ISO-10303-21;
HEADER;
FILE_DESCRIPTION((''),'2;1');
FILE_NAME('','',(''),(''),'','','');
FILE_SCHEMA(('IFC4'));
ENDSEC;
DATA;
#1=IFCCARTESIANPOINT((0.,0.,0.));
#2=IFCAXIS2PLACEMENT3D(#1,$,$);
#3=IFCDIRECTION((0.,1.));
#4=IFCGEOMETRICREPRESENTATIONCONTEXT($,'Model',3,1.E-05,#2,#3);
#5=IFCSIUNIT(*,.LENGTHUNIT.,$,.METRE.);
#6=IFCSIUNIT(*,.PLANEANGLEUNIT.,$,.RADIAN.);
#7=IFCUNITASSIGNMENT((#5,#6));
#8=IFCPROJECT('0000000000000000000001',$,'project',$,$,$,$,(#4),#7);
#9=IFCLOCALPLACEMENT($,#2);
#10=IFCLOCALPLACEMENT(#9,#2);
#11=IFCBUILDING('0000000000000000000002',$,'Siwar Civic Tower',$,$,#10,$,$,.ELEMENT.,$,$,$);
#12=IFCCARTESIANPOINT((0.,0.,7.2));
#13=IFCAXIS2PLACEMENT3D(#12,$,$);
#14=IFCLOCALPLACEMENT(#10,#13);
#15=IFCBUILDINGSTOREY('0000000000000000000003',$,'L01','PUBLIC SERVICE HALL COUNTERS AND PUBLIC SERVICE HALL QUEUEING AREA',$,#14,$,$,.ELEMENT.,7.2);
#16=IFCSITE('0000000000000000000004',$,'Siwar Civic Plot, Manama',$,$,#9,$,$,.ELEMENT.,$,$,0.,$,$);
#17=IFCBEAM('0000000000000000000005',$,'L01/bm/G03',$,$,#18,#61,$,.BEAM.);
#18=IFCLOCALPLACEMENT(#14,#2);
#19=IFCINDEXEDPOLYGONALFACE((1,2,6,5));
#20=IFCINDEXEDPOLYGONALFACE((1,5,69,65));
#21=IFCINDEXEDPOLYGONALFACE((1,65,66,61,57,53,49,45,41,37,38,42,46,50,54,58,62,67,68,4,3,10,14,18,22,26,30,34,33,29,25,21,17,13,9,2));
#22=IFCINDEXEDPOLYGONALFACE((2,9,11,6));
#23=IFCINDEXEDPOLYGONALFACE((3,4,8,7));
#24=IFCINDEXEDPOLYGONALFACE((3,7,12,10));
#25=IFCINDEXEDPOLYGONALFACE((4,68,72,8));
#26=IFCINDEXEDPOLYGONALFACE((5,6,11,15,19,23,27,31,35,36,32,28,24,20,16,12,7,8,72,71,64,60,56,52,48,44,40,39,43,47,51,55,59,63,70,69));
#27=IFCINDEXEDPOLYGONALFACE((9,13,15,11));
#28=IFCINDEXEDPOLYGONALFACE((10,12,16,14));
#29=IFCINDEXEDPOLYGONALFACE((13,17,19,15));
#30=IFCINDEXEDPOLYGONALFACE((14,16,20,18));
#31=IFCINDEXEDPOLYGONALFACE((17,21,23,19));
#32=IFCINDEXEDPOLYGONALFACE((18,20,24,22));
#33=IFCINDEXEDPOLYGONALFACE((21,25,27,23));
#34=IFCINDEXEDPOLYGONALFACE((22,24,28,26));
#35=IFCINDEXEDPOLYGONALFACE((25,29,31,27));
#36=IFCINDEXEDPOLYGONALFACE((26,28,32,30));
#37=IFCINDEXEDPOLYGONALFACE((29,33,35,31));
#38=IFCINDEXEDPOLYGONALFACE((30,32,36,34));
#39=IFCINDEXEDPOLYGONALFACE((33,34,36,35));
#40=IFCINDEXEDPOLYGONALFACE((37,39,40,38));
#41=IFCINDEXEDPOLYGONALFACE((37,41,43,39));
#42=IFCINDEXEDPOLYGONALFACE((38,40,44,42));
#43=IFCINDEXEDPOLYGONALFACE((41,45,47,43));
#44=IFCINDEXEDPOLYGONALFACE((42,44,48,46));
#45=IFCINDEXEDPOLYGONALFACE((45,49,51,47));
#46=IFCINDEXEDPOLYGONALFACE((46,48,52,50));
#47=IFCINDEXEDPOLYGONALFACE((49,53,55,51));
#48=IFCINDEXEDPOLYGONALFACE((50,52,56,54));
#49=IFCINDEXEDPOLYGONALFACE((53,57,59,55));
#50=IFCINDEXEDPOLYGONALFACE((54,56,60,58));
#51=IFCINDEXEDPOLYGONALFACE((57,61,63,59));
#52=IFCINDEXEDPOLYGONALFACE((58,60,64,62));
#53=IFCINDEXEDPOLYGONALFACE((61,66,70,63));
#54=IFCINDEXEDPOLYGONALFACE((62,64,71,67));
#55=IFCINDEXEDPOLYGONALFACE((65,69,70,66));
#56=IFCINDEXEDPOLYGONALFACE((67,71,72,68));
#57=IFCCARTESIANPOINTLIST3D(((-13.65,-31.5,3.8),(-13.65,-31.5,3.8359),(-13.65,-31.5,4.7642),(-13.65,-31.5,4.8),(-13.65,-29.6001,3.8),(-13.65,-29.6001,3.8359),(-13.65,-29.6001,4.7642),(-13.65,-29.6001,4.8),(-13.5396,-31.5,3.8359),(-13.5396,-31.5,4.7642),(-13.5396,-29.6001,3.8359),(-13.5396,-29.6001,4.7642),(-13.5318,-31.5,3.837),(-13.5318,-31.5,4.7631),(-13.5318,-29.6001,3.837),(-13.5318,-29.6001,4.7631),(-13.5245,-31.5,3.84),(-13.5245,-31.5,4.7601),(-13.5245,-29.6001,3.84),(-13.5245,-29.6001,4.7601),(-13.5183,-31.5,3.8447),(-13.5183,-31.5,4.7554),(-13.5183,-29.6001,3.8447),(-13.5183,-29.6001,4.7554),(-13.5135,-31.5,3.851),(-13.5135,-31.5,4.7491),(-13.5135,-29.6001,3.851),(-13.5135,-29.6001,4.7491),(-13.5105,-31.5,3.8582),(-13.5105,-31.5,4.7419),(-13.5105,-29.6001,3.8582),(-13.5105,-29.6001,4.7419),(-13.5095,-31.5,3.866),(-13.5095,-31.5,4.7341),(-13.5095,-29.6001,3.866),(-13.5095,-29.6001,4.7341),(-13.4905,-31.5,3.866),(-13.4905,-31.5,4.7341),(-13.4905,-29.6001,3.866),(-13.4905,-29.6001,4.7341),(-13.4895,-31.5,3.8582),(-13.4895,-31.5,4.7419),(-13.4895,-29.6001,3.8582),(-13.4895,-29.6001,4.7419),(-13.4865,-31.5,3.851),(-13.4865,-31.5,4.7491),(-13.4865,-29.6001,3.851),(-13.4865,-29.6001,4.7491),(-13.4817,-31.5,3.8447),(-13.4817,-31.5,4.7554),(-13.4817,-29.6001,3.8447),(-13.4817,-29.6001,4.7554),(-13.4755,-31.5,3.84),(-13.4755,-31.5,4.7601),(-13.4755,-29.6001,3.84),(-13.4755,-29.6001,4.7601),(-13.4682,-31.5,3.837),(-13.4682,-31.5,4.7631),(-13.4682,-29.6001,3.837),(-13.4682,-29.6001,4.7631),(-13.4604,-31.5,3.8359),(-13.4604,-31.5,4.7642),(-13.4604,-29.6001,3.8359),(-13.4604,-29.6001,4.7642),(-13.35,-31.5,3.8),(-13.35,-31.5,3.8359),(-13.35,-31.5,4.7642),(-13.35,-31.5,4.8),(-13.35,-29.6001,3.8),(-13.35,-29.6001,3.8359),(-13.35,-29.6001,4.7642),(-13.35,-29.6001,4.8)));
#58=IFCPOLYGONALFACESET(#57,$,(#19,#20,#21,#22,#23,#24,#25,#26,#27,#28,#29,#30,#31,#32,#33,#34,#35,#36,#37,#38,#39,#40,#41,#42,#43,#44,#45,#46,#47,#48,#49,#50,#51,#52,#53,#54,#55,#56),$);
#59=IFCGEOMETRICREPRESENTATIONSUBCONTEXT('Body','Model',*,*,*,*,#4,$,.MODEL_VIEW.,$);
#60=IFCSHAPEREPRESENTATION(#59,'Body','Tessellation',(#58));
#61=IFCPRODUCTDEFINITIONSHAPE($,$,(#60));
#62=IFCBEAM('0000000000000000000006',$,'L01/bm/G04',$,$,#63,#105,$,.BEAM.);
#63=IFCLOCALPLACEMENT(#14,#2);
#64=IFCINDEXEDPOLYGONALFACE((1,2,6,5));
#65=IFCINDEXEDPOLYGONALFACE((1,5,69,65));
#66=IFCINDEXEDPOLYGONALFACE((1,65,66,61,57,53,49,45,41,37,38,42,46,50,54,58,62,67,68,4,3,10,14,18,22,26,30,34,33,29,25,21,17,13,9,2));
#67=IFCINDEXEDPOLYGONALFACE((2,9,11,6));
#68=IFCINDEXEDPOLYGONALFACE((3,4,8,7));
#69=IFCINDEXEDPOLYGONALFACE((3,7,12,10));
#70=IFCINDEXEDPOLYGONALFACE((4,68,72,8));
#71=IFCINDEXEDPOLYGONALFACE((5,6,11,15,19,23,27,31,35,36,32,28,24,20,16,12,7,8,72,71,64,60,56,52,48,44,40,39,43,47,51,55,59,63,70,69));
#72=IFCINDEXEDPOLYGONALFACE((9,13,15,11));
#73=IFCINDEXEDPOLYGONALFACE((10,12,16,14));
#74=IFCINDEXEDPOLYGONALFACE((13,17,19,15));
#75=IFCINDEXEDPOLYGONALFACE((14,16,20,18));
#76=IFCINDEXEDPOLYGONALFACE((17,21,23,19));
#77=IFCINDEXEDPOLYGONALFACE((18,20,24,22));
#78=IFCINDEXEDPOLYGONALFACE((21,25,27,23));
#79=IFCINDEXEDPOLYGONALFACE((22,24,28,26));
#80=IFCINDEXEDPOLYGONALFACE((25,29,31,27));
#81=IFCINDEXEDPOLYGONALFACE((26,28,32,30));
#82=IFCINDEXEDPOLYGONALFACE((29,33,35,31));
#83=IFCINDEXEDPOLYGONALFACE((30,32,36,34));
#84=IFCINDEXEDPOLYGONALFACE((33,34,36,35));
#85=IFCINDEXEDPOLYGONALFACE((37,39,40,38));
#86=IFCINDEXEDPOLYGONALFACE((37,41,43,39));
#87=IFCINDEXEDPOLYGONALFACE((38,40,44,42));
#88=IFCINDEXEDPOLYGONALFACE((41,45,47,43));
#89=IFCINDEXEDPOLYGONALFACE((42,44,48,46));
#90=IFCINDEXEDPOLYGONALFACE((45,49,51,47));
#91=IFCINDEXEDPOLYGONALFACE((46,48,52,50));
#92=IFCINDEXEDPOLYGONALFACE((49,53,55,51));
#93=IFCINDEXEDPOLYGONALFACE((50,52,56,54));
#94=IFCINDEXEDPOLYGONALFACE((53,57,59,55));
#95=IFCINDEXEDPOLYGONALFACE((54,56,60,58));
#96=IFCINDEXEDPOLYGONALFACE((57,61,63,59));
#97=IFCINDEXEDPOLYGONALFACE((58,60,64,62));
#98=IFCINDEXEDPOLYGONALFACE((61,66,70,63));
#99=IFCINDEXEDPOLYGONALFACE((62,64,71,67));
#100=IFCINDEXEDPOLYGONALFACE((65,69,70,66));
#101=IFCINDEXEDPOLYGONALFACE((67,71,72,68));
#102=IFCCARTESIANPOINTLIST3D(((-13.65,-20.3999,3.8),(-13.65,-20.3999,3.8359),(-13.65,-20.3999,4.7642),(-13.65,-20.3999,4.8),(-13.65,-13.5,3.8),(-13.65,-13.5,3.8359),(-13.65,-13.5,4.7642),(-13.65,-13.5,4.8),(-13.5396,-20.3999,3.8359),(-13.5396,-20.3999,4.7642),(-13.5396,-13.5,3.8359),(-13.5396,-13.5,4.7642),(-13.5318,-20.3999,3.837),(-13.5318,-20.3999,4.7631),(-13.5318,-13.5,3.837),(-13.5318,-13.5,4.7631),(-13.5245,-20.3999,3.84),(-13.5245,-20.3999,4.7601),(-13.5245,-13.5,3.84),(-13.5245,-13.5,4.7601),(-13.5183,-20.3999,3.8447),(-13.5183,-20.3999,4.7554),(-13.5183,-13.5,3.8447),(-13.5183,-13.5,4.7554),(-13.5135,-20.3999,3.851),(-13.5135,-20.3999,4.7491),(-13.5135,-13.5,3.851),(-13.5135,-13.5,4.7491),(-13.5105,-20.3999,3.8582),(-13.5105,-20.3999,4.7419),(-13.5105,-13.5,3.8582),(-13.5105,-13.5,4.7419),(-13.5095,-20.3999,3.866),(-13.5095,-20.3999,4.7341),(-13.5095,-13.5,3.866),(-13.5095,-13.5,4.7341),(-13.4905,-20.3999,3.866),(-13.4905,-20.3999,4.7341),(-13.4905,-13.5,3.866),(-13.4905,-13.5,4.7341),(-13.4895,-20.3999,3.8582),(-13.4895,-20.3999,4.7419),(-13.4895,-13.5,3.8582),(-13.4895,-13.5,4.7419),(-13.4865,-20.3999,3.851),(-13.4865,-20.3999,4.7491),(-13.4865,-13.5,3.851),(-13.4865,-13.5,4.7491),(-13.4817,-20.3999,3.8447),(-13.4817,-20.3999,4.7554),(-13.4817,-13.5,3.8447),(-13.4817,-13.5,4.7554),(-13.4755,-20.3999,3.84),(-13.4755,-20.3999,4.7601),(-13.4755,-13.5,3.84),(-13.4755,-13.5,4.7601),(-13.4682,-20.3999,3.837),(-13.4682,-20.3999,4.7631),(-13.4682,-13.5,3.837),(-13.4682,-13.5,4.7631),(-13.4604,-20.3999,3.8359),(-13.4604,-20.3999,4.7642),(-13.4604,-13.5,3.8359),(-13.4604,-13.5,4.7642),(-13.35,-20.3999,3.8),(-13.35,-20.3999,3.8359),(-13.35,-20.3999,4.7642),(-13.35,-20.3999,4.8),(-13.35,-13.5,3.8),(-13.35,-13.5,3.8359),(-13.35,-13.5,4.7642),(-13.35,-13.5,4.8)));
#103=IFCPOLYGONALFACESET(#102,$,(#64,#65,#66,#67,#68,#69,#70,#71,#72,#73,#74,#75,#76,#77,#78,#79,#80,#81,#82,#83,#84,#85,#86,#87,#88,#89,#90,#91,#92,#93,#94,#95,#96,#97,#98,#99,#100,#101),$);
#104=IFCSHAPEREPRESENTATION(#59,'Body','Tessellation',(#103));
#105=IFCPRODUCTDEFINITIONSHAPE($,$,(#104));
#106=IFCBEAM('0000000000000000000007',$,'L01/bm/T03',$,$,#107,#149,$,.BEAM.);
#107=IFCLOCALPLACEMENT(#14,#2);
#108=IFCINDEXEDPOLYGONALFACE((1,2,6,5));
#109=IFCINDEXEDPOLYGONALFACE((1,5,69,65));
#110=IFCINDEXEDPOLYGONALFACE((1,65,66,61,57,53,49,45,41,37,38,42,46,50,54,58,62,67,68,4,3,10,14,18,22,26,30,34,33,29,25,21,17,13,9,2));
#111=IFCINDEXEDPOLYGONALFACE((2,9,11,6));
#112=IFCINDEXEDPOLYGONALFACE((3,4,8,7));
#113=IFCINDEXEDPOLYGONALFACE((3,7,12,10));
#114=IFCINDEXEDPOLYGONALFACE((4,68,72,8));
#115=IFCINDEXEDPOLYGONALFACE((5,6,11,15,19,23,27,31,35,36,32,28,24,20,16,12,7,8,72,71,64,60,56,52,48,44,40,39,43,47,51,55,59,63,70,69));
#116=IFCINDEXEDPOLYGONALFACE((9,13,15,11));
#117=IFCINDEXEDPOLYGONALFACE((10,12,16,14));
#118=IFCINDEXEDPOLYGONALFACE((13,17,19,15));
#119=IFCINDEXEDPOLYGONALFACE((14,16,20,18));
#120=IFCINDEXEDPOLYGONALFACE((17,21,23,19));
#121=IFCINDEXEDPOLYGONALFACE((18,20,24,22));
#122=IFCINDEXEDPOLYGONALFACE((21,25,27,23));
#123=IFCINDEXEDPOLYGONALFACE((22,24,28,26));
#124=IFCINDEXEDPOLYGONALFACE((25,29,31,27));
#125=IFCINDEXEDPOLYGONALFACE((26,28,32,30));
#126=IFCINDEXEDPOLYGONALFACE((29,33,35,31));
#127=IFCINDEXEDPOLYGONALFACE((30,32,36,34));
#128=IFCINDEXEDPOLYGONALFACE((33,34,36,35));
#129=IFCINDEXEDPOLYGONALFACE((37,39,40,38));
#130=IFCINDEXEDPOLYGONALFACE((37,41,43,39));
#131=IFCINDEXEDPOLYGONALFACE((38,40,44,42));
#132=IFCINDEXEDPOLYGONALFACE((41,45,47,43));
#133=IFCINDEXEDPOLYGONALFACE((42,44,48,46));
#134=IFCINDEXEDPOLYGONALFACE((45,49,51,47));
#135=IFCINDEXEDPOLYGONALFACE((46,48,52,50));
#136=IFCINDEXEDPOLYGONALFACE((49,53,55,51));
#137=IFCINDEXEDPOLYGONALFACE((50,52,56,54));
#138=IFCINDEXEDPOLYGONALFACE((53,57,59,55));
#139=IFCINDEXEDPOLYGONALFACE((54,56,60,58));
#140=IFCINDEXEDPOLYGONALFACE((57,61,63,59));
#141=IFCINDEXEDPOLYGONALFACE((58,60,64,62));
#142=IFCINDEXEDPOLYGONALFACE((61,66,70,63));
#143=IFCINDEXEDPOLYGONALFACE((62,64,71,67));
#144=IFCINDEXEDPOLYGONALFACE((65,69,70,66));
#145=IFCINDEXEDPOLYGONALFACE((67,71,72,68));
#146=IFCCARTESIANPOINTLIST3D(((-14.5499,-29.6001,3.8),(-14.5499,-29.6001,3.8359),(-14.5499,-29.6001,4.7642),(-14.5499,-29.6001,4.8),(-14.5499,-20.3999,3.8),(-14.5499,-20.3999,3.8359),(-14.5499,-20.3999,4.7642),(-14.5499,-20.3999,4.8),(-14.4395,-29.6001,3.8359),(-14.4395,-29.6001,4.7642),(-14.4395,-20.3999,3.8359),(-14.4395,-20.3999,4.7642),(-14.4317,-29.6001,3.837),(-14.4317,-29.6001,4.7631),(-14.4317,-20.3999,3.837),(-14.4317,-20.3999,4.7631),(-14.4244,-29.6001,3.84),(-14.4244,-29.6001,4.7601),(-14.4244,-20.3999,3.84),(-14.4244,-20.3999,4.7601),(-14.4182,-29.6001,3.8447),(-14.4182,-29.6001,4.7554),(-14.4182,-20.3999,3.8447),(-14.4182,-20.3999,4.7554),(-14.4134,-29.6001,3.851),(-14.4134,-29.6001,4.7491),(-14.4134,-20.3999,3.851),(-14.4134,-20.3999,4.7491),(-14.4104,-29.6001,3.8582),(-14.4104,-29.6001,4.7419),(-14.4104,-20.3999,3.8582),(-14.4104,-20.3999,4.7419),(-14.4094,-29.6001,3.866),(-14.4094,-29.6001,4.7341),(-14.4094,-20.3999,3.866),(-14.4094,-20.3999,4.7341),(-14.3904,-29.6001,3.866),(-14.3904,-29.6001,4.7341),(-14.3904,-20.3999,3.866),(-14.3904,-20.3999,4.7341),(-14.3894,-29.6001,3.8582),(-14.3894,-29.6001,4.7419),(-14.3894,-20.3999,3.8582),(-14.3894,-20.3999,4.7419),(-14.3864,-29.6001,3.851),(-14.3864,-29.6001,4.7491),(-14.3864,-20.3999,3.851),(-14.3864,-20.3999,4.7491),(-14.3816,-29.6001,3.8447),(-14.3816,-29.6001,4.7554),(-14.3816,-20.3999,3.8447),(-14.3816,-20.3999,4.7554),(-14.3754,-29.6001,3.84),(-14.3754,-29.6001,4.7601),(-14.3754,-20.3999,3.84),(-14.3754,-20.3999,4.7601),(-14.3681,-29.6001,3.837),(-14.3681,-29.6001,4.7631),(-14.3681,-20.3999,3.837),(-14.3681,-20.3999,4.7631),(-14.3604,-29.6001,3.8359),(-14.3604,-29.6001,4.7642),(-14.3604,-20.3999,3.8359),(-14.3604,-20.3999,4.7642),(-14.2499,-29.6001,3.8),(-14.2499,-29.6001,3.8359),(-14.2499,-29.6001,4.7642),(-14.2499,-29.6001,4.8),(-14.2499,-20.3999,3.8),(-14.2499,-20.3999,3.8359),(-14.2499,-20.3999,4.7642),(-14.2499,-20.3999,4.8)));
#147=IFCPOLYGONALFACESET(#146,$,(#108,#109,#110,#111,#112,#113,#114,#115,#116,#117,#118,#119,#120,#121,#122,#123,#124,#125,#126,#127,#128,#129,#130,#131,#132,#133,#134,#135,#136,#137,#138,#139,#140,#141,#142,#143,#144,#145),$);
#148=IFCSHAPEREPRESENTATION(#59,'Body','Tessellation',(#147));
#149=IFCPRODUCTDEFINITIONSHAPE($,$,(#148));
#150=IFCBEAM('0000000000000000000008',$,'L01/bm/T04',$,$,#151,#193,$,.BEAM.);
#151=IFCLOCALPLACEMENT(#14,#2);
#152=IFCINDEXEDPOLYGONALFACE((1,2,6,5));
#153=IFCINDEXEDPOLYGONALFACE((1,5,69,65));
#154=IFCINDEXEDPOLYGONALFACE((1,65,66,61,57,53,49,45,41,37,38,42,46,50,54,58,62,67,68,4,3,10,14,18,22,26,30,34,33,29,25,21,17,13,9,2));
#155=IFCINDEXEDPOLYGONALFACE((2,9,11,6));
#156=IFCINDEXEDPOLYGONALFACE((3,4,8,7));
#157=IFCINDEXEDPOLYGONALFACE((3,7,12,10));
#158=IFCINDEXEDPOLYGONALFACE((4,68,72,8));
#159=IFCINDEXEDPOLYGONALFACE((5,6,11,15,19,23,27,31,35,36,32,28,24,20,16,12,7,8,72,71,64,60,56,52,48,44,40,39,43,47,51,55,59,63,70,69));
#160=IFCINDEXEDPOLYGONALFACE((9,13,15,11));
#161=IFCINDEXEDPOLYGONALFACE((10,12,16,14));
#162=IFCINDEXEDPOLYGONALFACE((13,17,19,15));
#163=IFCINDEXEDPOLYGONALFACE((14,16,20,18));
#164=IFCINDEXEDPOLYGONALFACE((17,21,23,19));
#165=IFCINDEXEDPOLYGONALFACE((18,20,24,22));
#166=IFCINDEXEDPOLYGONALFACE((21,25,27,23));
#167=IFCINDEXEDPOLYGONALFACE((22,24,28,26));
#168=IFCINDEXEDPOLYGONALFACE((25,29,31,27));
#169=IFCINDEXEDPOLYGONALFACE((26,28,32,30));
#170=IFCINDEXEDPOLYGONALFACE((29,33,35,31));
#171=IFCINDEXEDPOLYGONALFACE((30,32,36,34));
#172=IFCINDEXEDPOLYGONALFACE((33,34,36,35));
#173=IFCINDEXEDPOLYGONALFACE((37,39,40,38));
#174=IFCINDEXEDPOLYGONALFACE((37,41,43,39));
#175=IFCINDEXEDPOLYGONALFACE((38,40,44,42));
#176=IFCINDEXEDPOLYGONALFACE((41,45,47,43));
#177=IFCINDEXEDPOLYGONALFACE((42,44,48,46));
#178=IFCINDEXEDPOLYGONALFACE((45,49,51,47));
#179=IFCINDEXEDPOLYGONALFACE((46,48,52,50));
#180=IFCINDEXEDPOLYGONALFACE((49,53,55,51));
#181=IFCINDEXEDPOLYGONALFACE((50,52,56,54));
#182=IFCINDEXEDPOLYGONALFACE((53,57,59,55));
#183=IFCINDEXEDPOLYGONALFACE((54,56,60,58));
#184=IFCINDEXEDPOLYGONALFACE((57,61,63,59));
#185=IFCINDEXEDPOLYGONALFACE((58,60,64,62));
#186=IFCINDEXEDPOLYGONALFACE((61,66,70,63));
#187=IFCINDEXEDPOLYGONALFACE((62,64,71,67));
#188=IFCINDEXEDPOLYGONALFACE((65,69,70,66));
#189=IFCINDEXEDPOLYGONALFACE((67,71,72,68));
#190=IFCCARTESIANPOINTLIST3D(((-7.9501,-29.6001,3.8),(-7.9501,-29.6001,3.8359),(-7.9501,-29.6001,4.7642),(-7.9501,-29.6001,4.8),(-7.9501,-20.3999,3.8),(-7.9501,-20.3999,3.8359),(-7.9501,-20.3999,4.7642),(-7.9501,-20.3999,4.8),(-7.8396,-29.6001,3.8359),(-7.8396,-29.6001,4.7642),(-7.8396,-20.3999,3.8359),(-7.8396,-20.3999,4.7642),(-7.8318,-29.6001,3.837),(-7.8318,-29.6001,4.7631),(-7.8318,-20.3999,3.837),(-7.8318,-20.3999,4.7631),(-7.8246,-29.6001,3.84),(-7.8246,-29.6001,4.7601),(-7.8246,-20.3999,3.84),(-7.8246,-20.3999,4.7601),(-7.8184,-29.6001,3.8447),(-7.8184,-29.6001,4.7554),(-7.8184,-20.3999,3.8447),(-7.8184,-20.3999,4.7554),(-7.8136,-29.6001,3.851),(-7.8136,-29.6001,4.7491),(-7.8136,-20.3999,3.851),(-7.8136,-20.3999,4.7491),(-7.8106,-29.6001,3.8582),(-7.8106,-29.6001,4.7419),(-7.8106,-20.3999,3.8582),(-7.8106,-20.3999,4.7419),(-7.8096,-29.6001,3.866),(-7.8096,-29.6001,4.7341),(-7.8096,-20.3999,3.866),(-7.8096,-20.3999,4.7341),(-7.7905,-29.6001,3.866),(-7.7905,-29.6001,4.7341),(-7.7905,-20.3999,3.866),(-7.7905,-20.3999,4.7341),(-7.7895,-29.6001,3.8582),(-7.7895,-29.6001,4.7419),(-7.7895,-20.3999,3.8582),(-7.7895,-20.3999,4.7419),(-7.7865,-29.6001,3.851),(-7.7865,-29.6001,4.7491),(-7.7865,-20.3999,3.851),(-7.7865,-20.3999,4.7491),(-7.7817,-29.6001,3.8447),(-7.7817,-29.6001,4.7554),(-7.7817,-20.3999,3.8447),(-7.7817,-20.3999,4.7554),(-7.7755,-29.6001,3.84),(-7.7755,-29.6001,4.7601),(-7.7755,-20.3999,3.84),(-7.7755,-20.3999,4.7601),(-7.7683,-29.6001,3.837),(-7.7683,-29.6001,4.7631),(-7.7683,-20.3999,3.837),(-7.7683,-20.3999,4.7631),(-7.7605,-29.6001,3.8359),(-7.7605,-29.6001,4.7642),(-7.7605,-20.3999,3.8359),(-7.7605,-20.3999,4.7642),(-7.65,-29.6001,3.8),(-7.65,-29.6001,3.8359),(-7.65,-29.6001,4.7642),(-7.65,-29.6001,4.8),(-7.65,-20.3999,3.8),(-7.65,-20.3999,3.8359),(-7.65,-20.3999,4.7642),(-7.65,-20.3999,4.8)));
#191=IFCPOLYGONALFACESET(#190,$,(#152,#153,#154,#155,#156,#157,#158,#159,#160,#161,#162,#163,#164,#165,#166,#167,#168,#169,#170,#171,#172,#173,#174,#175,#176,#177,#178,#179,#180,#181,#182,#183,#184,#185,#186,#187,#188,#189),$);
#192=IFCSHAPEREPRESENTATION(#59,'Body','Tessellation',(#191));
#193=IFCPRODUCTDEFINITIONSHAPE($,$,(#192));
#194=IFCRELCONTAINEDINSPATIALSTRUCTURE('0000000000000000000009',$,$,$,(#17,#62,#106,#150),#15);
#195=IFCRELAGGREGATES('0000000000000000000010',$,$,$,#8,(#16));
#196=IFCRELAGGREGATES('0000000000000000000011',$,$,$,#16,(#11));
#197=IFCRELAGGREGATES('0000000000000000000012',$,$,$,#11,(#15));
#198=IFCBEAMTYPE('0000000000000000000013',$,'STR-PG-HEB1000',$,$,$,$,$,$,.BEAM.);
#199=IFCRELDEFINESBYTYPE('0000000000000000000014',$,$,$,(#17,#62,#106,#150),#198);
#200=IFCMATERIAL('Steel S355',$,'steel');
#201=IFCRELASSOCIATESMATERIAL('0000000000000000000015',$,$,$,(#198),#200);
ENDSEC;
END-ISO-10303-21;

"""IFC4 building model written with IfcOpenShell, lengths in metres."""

from ifc_helpers import new_model, si_unit, direction, frame, origin, origin_2d, place, context, subcontext, project, spatial, i_section, extrude, material, material_profile, profile_set, type_object, element, save


model = new_model("IFC4")

# Units and contexts
model_context = context("Model", 3, precision=1e-05, world=origin(), true_north=direction((0.0, 1.0)))
body_context = subcontext(model_context, "Body", "Model", "MODEL_VIEW")
ifc_project = project(units=[si_unit("LENGTHUNIT", "METRE"), si_unit("PLANEANGLEUNIT", "RADIAN")], contexts=[model_context])

# Site, building, storey
site_placement = place(None, origin())
site = spatial("IfcSite", under=ifc_project, at=site_placement, Name="Siwar Civic Plot, Manama", CompositionType="ELEMENT", RefElevation=0.0)
building_placement = place(site_placement, origin())
building = spatial("IfcBuilding", under=site, at=building_placement, Name="Siwar Civic Tower", CompositionType="ELEMENT")
storey_placement = place(building_placement, frame((0.0, 0.0, 7.2)))
storey = spatial("IfcBuildingStorey", under=building, at=storey_placement, Name="L01", Description="PUBLIC SERVICE HALL COUNTERS AND PUBLIC SERVICE HALL QUEUEING AREA", CompositionType="ELEMENT", Elevation=7.2)

# Beams
ifc_material_1 = material(Name="Steel S355", Category="steel")
ifc_material_profile_1 = material_profile(ifc_material_1, i_section(OverallWidth=0.3, OverallDepth=1.0, WebThickness=0.019, FlangeThickness=0.0359, FilletRadius=0.03, at=origin_2d()), Name="HEB1000")
ifc_profile_set_1 = profile_set([ifc_material_profile_1], Name="Steel S355")
beam_type_1 = type_object("IfcBeamType", Name="STR-PG-HEB1000", PredefinedType="BEAM", material=ifc_profile_set_1)
beam_1_placement = place(storey_placement, frame((-13.5, -31.5, 4.3), z_axis=(0.0, 1.0, 0.0), x_axis=(-1.0, 0.0, 0.0)))
element("IfcBeam", 1, at=beam_1_placement, inside=storey, type_object=beam_type_1, Name="L01/bm/G03", PredefinedType="BEAM", context=body_context, shape_type="SweptSolid", body=[
    extrude(i_section(OverallWidth=0.3, OverallDepth=1.0, WebThickness=0.019, FlangeThickness=0.0359, FilletRadius=0.03, at=origin_2d()), origin(), (0.0, 0.0, 1.0), 1.8999),
])
beam_2_placement = place(storey_placement, frame((-13.5, -20.3999, 4.3), z_axis=(0.0, 1.0, 0.0), x_axis=(-1.0, 0.0, 0.0)))
element("IfcBeam", 2, at=beam_2_placement, inside=storey, type_object=beam_type_1, Name="L01/bm/G04", PredefinedType="BEAM", context=body_context, shape_type="SweptSolid", body=[
    extrude(i_section(OverallWidth=0.3, OverallDepth=1.0, WebThickness=0.019, FlangeThickness=0.0359, FilletRadius=0.03, at=origin_2d()), origin(), (0.0, 0.0, 1.0), 6.8999),
])
for number, where, z_axis, x_axis, name in (
    (3, (-14.3999, -29.6001, 4.3), (0.0, 1.0, 0.0), (-1.0, 0.0, 0.0), "L01/bm/T03"),
    (4, (-7.8, -29.6001, 4.3), (0.0, 1.0, 0.0), (-1.0, 0.0, 0.0), "L01/bm/T04"),
):
    element("IfcBeam", number, at=place(storey_placement, frame(where, z_axis=z_axis, x_axis=x_axis)), inside=storey, type_object=beam_type_1, Name=name, PredefinedType="BEAM", context=body_context, shape_type="SweptSolid", body=[
        extrude(i_section(OverallWidth=0.3, OverallDepth=1.0, WebThickness=0.019, FlangeThickness=0.0359, FilletRadius=0.03, at=origin_2d()), origin(), (0.0, 0.0, 1.0), 9.2002),
    ])

save(model, "model.ifc")
